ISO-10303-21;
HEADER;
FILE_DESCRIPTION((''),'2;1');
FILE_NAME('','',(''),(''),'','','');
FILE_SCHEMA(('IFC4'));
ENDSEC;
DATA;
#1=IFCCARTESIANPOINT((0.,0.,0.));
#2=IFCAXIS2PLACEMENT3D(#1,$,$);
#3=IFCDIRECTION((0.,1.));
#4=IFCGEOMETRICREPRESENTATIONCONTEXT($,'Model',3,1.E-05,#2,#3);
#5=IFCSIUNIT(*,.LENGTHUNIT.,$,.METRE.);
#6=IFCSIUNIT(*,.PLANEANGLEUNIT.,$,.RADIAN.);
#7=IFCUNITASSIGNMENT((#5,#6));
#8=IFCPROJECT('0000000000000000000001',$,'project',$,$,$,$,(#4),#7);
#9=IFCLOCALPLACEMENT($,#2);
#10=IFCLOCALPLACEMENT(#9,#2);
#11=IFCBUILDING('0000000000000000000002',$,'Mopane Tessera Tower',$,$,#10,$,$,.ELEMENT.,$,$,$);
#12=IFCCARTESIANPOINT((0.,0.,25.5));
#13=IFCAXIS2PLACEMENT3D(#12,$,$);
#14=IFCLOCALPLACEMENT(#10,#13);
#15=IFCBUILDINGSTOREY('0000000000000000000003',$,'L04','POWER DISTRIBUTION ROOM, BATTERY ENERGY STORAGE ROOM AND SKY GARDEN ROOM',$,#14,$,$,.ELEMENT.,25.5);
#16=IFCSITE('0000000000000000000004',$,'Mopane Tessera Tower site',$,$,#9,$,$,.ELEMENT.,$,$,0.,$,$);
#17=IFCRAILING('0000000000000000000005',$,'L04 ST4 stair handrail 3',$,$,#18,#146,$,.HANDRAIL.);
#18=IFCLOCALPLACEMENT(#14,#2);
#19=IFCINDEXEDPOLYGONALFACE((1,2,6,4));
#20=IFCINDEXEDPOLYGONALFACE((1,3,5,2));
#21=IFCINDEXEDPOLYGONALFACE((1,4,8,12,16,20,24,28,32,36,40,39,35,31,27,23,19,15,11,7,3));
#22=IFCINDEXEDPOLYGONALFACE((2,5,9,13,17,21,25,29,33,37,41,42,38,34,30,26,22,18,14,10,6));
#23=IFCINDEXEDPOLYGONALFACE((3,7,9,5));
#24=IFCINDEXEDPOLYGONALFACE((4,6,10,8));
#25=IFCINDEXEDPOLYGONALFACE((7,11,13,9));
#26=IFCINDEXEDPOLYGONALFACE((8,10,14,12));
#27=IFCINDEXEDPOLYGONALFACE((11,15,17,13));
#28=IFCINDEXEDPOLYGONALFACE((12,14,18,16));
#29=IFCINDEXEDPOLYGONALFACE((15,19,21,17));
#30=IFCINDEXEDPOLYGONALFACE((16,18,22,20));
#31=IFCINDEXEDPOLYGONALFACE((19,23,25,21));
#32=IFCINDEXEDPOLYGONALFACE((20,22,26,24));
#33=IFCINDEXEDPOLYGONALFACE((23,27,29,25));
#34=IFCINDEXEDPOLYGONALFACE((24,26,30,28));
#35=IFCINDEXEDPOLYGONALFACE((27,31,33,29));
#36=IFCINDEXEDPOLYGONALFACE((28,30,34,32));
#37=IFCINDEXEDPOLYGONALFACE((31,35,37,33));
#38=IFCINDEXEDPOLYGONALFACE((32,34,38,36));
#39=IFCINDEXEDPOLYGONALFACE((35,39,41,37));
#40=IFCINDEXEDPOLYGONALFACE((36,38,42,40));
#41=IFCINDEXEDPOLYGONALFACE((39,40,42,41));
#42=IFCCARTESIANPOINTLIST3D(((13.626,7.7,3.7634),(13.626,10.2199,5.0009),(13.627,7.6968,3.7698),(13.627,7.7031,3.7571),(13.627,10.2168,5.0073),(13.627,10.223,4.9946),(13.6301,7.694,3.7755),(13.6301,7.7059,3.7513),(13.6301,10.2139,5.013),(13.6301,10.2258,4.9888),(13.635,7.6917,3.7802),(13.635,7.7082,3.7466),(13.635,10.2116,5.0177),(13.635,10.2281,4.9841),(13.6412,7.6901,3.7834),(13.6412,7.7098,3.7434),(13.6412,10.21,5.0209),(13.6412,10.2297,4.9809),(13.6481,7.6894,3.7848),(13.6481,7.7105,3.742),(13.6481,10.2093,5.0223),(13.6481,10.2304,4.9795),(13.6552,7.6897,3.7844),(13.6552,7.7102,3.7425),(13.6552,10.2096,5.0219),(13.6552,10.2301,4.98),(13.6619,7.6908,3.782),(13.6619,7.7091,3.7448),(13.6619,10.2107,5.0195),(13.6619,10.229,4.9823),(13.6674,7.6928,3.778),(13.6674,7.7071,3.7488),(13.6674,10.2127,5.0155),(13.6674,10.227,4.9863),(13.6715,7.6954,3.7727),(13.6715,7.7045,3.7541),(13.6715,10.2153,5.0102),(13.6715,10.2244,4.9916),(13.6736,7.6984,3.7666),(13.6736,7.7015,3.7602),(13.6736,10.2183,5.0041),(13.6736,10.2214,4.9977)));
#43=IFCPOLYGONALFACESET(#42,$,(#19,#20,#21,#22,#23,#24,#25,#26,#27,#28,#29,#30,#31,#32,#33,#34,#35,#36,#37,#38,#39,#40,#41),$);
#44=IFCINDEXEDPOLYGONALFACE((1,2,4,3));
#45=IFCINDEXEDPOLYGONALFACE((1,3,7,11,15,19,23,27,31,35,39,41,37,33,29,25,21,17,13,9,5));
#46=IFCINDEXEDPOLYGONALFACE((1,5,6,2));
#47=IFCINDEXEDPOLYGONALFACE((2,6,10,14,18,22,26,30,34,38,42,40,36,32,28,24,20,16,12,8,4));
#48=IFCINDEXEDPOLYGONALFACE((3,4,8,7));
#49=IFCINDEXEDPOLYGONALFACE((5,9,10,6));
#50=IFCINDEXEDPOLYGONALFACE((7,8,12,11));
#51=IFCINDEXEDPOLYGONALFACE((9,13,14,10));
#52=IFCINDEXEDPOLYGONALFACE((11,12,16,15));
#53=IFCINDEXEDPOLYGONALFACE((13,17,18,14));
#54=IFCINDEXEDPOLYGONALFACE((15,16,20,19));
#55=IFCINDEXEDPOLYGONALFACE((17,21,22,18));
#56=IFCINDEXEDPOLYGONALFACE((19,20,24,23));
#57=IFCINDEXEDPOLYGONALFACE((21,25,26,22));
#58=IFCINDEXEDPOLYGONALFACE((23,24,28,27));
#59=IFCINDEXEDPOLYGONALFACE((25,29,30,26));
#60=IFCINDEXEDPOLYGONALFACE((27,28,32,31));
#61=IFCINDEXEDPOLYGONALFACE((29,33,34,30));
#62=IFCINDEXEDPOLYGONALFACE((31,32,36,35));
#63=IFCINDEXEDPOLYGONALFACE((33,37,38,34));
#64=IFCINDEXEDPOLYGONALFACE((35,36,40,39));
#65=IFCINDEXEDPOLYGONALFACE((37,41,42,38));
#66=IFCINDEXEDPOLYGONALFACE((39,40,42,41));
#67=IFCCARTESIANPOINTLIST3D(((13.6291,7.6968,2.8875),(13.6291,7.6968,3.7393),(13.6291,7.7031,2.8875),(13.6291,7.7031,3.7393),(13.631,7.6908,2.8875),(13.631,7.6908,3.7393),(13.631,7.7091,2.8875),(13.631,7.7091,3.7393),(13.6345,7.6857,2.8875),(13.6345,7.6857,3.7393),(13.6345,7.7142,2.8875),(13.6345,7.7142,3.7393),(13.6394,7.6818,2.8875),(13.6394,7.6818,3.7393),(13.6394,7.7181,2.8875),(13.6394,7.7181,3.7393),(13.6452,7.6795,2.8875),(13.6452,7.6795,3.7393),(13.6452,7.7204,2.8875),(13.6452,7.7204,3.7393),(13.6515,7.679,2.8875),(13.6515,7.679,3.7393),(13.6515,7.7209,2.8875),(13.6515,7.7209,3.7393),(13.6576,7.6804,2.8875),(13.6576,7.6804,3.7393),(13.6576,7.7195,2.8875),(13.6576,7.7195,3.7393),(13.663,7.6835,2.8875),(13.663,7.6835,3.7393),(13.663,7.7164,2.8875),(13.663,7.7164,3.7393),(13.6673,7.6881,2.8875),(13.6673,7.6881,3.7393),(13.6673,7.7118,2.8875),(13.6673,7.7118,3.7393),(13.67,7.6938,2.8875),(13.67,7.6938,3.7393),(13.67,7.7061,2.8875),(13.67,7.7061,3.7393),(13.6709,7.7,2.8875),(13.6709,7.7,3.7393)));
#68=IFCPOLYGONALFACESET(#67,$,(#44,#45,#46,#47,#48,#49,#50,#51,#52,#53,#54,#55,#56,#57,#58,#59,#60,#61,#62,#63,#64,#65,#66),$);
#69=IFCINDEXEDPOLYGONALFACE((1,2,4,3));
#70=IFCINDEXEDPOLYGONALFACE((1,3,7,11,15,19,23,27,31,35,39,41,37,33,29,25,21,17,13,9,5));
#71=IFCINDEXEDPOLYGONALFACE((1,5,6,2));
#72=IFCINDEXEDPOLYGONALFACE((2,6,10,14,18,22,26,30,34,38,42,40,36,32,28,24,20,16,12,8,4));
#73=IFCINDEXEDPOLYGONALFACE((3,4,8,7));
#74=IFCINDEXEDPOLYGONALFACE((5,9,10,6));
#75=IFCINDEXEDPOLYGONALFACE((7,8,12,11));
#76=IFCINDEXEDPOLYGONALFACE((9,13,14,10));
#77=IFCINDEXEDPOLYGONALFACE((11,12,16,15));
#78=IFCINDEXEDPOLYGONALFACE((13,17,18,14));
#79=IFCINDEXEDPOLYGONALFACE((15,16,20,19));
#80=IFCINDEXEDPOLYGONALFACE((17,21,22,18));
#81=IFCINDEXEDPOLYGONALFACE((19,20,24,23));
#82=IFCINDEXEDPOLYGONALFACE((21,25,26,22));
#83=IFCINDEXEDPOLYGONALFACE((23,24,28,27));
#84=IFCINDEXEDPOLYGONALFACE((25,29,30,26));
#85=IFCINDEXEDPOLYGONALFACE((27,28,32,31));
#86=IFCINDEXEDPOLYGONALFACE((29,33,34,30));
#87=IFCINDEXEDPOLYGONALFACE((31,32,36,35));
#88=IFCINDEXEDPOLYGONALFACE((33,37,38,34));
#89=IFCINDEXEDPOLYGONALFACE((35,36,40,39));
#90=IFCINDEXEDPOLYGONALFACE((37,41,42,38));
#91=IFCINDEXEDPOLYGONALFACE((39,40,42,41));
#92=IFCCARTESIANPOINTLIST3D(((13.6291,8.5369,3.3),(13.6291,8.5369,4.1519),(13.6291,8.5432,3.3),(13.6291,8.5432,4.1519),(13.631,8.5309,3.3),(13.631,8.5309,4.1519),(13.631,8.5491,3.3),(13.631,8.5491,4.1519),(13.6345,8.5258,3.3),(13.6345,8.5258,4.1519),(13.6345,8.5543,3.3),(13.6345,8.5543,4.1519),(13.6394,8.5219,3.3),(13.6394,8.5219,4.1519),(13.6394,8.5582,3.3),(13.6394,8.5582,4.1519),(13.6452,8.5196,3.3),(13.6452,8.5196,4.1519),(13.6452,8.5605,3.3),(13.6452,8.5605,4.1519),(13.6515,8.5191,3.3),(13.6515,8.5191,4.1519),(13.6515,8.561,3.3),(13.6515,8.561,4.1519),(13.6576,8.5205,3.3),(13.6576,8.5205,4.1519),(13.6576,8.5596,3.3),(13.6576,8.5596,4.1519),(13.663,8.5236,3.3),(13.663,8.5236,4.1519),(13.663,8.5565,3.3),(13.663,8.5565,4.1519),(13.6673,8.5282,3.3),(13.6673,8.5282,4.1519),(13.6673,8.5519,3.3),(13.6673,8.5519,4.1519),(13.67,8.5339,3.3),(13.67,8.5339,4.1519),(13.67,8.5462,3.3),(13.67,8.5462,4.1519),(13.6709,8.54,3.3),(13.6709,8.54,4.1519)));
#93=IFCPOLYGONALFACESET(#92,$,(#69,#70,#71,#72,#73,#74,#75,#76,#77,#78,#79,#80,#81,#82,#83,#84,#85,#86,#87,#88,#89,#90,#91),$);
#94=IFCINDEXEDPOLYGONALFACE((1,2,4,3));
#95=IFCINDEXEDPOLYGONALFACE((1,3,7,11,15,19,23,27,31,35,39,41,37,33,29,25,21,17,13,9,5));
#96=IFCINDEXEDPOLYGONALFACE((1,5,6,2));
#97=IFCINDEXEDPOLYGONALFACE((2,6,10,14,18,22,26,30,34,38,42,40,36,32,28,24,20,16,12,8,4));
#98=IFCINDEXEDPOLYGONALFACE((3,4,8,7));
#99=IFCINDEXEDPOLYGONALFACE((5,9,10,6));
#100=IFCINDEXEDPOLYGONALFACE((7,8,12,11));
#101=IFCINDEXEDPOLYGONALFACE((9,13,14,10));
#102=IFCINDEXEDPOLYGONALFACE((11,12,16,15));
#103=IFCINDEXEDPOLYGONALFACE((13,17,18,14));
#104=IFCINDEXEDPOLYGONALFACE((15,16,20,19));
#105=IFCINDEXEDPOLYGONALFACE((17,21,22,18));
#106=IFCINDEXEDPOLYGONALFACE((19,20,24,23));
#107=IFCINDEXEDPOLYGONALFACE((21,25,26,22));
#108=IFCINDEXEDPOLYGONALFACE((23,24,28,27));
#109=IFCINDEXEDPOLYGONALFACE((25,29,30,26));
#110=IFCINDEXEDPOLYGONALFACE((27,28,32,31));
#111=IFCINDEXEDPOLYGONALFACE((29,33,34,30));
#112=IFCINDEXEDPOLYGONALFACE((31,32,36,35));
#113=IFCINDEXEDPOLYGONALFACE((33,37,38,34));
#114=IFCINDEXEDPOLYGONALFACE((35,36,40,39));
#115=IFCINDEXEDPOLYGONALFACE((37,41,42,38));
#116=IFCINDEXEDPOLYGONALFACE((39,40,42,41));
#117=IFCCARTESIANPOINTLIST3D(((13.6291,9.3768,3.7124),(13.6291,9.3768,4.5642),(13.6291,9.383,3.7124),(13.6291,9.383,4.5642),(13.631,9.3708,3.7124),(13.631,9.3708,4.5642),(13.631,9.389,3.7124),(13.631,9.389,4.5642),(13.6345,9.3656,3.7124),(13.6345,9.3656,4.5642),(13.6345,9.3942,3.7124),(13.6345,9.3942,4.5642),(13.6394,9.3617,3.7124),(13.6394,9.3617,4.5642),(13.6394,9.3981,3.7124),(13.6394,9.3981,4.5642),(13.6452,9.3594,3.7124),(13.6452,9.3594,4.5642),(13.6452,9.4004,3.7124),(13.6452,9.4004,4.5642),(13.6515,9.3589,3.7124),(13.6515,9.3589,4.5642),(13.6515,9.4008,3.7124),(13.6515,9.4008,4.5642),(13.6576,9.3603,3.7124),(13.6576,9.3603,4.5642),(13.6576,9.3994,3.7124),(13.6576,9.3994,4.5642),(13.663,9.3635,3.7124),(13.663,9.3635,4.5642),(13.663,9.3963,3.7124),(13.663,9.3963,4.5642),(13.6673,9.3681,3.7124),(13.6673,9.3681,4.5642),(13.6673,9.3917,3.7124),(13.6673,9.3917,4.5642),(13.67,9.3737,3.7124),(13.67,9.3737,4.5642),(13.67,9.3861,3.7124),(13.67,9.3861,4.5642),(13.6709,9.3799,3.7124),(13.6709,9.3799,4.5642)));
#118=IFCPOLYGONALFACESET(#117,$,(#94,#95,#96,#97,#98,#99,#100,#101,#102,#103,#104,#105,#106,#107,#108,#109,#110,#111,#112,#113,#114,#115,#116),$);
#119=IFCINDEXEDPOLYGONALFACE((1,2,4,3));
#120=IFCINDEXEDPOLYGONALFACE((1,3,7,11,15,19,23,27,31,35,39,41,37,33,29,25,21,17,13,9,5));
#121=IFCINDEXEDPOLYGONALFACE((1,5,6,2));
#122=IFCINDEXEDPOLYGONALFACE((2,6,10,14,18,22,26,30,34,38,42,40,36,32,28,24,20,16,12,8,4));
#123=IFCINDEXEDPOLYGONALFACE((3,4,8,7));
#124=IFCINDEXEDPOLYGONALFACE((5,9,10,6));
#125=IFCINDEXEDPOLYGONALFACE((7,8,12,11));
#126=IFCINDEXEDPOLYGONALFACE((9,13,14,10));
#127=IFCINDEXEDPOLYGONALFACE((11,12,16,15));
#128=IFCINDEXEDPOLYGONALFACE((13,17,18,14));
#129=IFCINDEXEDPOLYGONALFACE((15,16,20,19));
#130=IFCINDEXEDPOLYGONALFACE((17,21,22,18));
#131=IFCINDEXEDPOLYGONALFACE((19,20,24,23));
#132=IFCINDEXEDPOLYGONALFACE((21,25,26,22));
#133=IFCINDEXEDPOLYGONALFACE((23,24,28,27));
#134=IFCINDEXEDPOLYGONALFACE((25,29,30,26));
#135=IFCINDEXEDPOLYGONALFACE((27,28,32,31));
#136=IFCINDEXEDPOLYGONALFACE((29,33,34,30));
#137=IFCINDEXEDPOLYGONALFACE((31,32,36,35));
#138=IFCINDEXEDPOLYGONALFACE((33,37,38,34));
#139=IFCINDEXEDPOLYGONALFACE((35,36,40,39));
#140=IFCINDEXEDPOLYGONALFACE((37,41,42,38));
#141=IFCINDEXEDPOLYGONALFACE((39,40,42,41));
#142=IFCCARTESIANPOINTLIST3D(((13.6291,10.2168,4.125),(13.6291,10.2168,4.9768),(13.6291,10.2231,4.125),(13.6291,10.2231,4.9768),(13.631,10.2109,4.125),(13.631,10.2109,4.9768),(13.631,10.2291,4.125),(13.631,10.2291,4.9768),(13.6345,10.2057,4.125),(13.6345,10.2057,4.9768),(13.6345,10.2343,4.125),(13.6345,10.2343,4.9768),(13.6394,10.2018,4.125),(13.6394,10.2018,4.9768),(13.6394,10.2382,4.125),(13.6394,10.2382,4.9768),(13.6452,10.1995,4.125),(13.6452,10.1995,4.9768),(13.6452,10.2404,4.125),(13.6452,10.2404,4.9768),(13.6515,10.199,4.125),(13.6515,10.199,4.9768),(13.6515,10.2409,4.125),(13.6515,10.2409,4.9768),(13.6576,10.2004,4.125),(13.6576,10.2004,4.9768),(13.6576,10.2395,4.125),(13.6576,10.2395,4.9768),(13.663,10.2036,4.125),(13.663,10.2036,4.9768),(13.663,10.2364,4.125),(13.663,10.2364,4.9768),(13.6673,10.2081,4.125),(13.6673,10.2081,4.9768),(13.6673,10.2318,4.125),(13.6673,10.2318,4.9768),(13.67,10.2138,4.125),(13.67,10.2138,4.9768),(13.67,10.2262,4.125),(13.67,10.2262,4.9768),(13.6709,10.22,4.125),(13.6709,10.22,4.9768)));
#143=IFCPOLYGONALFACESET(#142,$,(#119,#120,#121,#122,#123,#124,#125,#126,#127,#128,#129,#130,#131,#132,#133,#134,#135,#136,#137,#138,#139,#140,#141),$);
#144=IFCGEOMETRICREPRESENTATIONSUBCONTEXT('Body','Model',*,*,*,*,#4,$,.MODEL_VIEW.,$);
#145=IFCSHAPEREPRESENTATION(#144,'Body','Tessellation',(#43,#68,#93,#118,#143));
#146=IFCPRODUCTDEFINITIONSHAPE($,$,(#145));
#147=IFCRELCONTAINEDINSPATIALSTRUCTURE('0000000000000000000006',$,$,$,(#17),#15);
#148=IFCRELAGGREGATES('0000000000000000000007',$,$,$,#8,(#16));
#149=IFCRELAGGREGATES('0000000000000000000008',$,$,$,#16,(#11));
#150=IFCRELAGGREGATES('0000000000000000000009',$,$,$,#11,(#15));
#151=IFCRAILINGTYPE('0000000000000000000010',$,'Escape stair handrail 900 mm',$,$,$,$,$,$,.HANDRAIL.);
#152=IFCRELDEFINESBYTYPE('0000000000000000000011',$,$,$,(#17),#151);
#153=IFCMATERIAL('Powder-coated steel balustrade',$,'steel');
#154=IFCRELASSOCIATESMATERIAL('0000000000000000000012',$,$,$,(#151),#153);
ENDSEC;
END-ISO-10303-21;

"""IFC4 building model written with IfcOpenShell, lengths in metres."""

from ifc_helpers import new_model, si_unit, direction, frame, origin, origin_2d, place, context, subcontext, project, spatial, circle, extrude, material, type_object, element, save


model = new_model("IFC4")

# Units and contexts
model_context = context("Model", 3, precision=1e-05, world=origin(), true_north=direction((0.0, 1.0)))
body_context = subcontext(model_context, "Body", "Model", "MODEL_VIEW")
ifc_project = project(units=[si_unit("LENGTHUNIT", "METRE"), si_unit("PLANEANGLEUNIT", "RADIAN")], contexts=[model_context])

# Site, building, storey
site_placement = place(None, origin())
site = spatial("IfcSite", under=ifc_project, at=site_placement, Name="Mopane Tessera Tower site", CompositionType="ELEMENT", RefElevation=0.0)
building_placement = place(site_placement, origin())
building = spatial("IfcBuilding", under=site, at=building_placement, Name="Mopane Tessera Tower", CompositionType="ELEMENT")
storey_placement = place(building_placement, frame((0.0, 0.0, 25.5)))
storey = spatial("IfcBuildingStorey", under=building, at=storey_placement, Name="L04", Description="POWER DISTRIBUTION ROOM, BATTERY ENERGY STORAGE ROOM AND SKY GARDEN ROOM", CompositionType="ELEMENT", Elevation=25.5)

# Railing
ifc_material_1 = material(Name="Powder-coated steel balustrade", Category="steel")
railing_type_1 = type_object("IfcRailingType", Name="Escape stair handrail 900 mm", PredefinedType="HANDRAIL", material=ifc_material_1)
for number, where, name in (
    (1, (13.6499, 7.7, 2.8875), "L04 ST4 stair handrail 3"),
):
    element("IfcRailing", number, at=place(storey_placement, frame(where)), inside=storey, type_object=railing_type_1, Name=name, PredefinedType="HANDRAIL", context=body_context, shape_type="SweptSolid", body=[
        extrude(circle(Radius=0.0239, at=origin_2d()), frame((0.0, 0.0, 0.876), z_axis=(0.0, 0.897604, 0.440802), x_axis=(-1.0, 0.0, 0.0)), (0.0, 0.0, 1.0), 2.8074),
        extrude(circle(Radius=0.021, at=origin_2d()), origin(), (0.0, 0.0, 1.0), 0.8518),
        extrude(circle(Radius=0.021, at=origin_2d()), frame((0.0, 0.8401, 0.4126)), (0.0, 0.0, 1.0), 0.8518),
        extrude(circle(Radius=0.021, at=origin_2d()), frame((0.0, 1.6799, 0.825)), (0.0, 0.0, 1.0), 0.8518),
        extrude(circle(Radius=0.021, at=origin_2d()), frame((0.0, 2.52, 1.2375)), (0.0, 0.0, 1.0), 0.8518),
    ])

save(model, "model.ifc")
